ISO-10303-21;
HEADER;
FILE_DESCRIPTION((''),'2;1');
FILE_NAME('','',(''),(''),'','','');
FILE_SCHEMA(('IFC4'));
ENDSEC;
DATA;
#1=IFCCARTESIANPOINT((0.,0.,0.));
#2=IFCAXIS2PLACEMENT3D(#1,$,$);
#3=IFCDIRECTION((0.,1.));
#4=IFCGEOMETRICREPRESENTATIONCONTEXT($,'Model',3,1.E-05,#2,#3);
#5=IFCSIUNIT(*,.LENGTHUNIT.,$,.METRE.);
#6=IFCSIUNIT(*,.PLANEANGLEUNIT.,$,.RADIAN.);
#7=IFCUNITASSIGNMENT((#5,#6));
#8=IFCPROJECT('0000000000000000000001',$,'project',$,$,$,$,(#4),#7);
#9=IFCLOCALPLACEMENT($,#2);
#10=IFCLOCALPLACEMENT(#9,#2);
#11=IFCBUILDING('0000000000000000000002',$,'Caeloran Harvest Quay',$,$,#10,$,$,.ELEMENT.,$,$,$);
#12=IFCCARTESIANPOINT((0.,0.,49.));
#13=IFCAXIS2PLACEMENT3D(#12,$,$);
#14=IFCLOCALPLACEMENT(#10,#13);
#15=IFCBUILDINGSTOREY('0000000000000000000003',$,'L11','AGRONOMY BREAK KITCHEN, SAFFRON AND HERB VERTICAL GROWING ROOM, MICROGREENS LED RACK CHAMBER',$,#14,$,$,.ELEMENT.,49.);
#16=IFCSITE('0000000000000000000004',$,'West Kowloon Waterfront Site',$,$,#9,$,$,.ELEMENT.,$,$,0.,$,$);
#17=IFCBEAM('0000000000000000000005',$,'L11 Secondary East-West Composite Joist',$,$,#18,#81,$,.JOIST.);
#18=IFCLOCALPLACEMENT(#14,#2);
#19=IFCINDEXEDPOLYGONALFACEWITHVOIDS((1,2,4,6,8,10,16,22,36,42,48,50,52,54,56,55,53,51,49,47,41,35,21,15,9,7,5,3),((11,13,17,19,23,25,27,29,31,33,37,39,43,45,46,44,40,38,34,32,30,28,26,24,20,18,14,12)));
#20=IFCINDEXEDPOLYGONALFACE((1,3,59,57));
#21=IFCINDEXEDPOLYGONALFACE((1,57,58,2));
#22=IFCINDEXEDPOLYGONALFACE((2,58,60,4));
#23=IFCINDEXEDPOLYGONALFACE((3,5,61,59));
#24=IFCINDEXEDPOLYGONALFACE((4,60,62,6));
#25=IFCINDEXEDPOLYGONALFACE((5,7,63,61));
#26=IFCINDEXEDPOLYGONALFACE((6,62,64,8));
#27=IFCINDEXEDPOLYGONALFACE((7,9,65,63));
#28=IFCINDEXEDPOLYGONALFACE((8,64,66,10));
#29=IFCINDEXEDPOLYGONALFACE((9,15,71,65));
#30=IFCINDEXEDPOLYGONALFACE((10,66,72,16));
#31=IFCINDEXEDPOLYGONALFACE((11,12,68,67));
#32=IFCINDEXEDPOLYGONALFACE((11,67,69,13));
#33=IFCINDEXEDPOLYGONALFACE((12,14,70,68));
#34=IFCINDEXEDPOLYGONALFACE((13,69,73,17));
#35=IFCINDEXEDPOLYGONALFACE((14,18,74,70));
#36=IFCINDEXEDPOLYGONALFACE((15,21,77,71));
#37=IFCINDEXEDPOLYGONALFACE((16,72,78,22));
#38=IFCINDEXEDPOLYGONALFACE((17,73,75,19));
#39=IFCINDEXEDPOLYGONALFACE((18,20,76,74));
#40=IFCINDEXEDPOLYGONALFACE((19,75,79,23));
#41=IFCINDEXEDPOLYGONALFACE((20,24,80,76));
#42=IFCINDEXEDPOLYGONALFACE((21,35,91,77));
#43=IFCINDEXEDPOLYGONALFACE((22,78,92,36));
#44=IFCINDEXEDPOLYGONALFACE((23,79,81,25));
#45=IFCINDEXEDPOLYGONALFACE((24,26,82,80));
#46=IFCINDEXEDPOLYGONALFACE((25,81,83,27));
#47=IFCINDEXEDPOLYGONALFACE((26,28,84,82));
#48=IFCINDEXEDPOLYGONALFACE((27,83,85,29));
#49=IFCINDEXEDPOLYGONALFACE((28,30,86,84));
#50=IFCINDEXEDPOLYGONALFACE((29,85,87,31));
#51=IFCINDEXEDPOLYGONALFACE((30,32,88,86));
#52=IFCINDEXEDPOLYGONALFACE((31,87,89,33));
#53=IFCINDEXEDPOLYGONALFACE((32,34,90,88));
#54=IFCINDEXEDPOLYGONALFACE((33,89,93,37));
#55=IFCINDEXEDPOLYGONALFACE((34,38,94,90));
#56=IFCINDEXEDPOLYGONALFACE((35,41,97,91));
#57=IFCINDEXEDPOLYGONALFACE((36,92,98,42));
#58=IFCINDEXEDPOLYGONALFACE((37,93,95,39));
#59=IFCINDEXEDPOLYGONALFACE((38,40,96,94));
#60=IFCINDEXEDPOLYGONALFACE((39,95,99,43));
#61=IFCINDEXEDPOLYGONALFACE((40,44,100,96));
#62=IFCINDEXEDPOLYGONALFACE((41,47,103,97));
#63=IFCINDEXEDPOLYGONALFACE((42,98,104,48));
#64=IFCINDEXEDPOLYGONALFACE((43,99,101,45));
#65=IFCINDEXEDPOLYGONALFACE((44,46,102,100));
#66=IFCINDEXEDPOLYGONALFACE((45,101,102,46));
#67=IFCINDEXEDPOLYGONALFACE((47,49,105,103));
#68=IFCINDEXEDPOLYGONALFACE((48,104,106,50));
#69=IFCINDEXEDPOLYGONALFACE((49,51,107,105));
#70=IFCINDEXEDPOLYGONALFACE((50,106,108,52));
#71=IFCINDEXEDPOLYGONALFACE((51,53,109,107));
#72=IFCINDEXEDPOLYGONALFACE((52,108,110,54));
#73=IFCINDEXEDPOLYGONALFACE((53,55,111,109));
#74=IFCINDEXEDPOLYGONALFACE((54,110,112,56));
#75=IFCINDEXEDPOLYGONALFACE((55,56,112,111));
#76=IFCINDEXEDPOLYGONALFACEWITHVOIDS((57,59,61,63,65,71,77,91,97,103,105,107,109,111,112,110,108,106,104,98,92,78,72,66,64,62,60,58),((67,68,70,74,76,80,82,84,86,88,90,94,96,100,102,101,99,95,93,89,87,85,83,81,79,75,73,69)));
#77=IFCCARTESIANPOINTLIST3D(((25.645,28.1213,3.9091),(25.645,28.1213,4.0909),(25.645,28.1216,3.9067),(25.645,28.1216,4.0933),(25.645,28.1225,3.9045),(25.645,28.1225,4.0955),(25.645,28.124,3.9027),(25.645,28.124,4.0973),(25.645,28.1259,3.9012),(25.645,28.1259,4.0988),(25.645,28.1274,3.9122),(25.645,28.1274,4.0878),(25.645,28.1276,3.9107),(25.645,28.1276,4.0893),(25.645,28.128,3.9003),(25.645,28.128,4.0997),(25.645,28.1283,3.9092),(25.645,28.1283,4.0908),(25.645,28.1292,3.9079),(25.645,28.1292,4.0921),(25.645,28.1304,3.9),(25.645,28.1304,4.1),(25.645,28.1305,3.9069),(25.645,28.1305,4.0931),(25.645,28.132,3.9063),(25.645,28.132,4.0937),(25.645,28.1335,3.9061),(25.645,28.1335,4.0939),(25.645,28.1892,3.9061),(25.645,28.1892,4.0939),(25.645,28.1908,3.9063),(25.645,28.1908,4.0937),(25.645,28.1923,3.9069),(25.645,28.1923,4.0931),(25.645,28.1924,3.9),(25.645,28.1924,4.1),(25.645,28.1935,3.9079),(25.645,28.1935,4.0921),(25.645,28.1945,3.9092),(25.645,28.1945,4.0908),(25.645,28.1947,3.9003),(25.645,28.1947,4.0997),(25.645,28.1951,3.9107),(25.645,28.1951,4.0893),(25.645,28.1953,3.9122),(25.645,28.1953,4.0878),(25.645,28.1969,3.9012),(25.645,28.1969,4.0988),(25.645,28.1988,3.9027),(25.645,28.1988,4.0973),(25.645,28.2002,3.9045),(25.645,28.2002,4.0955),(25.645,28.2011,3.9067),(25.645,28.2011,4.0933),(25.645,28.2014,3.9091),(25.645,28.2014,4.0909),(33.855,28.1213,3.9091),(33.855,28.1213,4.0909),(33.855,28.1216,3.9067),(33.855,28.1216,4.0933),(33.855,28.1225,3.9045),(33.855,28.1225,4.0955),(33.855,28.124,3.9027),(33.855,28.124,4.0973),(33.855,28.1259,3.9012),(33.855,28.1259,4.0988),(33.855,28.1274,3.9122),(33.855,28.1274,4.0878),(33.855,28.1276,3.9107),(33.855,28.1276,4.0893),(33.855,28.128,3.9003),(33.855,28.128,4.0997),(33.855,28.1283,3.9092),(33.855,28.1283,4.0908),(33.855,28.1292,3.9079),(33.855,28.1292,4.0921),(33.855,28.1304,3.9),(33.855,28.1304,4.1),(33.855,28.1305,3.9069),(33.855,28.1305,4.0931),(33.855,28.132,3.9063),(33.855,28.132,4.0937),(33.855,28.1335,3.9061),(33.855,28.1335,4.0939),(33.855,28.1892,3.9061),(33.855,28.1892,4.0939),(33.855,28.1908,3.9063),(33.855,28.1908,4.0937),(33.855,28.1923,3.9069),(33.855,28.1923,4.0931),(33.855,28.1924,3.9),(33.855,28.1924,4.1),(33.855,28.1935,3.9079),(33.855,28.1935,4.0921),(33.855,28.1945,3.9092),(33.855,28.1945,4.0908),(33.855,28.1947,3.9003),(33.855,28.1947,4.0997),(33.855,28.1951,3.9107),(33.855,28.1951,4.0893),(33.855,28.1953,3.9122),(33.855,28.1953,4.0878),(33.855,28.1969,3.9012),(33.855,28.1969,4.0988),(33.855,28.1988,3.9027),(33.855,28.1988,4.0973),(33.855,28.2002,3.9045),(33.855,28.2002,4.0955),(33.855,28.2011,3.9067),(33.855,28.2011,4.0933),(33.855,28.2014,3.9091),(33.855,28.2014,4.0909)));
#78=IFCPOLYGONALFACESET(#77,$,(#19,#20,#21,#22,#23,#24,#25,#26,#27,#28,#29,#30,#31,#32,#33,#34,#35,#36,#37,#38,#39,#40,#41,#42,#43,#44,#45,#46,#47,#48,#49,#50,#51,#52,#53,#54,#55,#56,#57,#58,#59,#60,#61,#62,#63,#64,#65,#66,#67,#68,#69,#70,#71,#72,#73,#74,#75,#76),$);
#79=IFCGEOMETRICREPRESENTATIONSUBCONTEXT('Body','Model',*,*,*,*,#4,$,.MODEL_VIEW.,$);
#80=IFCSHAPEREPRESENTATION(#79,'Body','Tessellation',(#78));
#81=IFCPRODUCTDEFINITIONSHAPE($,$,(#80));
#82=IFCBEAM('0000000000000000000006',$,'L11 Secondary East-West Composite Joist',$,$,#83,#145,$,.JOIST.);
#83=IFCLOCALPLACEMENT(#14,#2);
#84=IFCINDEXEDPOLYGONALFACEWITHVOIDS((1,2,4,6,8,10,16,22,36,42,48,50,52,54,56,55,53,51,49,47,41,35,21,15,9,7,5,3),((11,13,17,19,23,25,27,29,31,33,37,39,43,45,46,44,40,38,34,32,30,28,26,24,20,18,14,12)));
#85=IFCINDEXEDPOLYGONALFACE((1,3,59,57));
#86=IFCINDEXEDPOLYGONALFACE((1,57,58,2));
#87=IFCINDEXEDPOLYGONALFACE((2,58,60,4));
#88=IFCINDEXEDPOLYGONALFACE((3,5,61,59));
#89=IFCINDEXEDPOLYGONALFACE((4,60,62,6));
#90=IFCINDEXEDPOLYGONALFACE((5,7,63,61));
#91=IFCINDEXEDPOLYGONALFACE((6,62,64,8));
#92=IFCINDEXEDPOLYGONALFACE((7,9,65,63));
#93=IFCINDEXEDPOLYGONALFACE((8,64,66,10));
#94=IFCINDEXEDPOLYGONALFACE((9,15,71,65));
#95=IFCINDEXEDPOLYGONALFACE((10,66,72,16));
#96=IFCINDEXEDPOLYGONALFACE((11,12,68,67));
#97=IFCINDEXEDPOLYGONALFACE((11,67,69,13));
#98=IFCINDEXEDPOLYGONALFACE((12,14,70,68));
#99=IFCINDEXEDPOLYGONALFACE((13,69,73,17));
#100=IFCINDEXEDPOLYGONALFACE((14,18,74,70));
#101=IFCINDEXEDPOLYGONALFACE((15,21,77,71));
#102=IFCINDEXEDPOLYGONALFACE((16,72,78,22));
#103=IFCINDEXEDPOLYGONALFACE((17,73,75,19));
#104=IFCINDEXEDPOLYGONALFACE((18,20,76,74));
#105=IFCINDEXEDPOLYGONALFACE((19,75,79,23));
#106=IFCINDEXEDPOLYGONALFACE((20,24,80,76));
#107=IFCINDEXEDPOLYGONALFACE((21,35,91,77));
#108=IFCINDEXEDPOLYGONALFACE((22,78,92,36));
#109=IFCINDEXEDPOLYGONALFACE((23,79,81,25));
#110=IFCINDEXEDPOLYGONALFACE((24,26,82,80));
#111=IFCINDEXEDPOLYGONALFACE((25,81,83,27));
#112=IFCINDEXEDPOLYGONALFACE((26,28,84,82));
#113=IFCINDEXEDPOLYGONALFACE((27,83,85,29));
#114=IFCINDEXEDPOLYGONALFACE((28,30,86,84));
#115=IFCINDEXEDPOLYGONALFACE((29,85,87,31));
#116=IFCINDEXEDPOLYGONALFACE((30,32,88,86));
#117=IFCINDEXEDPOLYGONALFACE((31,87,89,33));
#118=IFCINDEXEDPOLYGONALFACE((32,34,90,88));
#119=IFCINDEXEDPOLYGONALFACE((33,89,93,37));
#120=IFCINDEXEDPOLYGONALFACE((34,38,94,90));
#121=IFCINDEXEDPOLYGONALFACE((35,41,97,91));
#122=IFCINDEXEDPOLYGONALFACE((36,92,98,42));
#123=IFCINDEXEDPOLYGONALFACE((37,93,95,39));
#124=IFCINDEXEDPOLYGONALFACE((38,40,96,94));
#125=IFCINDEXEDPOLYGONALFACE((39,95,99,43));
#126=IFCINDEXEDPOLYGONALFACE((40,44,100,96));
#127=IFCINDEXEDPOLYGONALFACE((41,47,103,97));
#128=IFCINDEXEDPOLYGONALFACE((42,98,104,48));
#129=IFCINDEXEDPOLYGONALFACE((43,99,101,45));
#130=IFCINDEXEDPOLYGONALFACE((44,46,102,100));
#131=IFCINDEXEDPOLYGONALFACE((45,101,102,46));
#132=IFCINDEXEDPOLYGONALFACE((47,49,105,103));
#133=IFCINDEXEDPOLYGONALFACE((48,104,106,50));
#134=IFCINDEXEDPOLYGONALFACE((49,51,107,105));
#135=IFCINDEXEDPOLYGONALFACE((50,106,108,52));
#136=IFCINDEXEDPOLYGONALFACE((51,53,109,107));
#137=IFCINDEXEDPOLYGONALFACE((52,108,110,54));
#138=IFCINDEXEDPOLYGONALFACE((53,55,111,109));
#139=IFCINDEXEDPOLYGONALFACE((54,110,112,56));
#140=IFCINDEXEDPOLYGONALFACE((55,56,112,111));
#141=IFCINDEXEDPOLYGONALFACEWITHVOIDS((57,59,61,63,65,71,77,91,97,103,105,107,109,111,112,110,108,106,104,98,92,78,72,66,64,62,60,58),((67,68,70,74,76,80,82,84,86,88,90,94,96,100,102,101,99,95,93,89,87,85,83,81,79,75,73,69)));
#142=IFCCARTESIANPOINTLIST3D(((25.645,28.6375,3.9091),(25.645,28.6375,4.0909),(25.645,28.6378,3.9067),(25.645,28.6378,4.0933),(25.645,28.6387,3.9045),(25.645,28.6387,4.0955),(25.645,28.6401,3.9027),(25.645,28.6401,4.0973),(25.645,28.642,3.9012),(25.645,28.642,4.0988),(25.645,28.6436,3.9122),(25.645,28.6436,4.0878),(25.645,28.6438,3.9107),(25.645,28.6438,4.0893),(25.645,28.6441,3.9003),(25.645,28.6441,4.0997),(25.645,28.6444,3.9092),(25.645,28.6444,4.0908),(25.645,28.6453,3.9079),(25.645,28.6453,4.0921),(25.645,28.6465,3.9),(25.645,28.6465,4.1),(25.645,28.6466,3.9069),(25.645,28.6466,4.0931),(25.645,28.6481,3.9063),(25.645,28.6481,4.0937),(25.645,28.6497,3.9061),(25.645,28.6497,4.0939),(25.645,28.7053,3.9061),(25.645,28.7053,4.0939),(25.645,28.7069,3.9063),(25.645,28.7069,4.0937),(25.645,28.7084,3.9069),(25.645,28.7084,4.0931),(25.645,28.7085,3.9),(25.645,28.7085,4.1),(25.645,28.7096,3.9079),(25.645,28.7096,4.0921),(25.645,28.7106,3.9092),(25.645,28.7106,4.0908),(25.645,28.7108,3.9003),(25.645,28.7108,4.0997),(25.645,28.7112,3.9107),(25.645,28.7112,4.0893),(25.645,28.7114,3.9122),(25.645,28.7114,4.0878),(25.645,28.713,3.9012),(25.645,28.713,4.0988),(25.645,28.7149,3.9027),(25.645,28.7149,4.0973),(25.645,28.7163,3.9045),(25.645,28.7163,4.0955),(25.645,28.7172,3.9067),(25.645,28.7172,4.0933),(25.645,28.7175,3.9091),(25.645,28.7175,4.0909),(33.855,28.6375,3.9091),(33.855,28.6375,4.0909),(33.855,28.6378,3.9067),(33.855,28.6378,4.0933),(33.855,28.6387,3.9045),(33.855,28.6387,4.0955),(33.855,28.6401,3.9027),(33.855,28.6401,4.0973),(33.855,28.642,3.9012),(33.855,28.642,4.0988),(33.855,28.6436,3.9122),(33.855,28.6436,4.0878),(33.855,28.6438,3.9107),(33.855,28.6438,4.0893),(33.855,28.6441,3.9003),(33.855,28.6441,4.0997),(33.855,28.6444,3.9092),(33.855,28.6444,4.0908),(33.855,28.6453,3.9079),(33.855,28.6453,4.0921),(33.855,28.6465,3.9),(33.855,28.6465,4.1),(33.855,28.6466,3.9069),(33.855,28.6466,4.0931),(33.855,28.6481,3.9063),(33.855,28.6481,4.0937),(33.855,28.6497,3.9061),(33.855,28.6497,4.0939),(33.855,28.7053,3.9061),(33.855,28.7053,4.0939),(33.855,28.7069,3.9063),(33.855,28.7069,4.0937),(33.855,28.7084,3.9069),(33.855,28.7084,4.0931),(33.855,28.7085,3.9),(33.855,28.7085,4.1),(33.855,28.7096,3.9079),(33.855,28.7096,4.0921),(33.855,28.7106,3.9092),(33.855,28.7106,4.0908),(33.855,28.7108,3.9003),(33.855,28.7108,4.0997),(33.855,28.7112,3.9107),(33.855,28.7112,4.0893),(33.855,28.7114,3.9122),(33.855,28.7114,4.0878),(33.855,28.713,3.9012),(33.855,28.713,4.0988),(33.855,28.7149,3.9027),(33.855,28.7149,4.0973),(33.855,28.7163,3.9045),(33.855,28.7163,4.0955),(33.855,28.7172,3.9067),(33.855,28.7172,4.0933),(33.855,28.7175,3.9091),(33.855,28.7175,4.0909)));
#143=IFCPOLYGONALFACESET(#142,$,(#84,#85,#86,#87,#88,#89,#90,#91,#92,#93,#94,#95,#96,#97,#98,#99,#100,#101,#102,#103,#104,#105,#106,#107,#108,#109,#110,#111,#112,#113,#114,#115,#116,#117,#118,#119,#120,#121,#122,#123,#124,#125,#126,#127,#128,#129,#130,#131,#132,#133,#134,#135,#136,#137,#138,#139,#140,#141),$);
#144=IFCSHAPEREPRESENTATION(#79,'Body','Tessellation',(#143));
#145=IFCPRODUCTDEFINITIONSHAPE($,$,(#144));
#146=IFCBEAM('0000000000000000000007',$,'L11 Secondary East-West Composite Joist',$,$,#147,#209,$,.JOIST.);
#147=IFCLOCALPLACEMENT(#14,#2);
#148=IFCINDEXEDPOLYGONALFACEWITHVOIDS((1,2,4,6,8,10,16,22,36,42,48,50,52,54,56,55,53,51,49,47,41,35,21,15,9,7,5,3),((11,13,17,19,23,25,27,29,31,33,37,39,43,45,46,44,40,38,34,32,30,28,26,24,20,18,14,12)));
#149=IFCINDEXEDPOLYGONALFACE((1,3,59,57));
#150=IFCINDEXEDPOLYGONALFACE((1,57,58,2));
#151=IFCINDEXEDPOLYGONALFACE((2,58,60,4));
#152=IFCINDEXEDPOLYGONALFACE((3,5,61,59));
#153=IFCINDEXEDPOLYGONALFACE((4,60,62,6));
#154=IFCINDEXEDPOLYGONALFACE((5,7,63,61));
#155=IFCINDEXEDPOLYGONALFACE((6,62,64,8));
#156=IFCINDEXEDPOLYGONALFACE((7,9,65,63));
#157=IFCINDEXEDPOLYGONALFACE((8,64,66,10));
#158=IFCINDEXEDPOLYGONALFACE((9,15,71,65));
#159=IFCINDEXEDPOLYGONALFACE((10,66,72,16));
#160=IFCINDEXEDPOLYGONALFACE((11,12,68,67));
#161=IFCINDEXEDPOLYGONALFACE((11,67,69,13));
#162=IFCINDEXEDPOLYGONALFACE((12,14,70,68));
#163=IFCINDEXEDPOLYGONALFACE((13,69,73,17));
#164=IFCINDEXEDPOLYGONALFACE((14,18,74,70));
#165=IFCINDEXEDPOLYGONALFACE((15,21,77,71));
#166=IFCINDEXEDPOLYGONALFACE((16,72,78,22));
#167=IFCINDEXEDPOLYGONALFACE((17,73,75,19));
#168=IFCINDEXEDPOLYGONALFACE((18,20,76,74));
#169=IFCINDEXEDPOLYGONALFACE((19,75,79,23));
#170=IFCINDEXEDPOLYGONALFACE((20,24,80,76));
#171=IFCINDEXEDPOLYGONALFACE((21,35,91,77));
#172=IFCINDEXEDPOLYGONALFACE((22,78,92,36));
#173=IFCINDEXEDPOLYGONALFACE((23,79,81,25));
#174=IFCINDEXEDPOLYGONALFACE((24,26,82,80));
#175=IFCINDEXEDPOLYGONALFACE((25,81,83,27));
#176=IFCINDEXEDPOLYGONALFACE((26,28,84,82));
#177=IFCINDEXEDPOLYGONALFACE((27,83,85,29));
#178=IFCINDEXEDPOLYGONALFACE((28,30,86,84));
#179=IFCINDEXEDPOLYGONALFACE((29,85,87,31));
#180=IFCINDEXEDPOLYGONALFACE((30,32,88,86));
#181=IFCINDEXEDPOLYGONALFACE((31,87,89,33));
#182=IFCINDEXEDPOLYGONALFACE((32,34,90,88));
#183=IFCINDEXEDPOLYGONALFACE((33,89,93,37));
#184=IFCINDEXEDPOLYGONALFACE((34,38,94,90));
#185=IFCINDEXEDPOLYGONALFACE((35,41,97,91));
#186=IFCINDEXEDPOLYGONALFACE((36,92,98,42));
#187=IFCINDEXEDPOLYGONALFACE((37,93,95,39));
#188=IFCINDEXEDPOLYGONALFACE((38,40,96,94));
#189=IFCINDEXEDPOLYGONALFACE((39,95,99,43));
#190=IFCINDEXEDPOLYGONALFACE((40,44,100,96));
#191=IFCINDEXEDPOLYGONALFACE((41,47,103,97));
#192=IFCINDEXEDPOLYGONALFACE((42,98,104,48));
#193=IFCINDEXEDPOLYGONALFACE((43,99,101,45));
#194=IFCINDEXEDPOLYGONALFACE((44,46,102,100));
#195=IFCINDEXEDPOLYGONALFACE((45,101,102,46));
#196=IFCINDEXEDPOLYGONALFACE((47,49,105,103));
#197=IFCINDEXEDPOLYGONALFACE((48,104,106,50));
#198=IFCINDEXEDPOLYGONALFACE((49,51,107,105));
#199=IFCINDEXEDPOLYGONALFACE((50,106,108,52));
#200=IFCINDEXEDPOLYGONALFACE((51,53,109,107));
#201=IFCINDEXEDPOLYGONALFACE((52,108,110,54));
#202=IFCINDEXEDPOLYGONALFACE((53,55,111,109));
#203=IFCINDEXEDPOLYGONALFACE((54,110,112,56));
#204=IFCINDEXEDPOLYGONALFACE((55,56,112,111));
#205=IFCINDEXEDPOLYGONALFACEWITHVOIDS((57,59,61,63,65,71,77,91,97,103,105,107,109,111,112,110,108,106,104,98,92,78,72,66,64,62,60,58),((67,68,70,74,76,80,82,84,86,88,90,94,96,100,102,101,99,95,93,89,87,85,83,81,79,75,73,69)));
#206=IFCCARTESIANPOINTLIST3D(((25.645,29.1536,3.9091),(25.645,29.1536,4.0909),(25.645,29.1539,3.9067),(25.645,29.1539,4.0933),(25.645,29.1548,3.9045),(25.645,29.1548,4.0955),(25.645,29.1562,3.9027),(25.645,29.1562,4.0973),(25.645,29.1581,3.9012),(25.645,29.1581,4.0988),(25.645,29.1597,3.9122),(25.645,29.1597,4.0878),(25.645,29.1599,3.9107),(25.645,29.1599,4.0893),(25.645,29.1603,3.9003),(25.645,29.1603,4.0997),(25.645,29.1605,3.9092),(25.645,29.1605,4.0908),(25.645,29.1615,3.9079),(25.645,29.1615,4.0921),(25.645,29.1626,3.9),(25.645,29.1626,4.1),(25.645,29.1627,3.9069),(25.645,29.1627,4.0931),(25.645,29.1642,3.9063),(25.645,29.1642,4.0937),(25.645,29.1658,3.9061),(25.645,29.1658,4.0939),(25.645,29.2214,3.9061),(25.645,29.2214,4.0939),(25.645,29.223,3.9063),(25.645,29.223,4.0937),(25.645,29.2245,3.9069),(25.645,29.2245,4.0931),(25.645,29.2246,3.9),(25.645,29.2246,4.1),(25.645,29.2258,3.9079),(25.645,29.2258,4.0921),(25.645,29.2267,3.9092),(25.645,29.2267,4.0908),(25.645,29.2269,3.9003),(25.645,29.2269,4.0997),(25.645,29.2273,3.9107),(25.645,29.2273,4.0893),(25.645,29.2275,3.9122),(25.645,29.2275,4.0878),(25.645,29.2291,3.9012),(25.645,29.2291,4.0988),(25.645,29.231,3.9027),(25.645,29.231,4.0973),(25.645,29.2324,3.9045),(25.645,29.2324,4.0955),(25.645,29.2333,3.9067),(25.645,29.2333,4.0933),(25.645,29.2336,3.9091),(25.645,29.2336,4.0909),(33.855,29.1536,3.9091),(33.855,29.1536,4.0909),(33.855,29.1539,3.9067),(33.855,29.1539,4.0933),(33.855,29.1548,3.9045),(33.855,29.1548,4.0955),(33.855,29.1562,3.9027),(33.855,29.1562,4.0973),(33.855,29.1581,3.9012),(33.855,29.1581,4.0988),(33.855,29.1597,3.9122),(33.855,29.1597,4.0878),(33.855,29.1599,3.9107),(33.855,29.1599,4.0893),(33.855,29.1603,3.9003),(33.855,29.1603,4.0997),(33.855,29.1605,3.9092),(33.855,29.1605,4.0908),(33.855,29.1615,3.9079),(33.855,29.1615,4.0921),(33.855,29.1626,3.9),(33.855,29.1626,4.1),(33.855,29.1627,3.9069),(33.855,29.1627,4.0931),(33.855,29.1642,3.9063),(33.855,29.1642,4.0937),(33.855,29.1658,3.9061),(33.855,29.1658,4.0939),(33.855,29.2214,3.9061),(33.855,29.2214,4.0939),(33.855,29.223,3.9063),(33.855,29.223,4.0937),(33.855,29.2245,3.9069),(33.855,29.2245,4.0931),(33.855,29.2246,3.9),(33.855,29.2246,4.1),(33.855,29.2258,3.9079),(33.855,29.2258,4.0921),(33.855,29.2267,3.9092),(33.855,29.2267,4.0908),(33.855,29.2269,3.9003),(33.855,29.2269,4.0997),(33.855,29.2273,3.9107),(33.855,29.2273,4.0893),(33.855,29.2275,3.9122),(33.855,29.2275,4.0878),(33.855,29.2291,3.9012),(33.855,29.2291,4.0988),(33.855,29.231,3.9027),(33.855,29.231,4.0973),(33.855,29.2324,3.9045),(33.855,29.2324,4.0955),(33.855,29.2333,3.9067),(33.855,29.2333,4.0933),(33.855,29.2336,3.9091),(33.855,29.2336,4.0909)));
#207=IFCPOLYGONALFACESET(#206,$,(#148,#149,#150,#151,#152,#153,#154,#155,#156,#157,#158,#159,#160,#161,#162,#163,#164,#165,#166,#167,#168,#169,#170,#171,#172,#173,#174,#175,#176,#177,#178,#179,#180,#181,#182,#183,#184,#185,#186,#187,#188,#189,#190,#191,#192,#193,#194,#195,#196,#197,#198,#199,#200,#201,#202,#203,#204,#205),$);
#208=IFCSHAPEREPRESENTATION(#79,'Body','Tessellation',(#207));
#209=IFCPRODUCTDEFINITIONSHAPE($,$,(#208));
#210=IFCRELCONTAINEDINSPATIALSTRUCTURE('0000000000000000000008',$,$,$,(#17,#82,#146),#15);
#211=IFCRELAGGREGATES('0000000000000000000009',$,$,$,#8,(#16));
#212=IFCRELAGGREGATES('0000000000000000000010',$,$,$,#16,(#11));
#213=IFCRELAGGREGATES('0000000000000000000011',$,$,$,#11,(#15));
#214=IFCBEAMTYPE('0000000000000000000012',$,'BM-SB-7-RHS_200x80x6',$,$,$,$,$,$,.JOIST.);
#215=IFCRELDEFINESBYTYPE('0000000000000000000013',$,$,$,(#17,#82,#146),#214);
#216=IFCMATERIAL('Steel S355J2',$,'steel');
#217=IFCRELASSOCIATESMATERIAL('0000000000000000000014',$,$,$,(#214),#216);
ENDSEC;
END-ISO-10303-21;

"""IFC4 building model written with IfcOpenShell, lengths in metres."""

from ifc_helpers import new_model, si_unit, direction, frame, origin, origin_2d, place, context, subcontext, project, spatial, hollow_rectangle, extrude, material, material_profile, profile_set, type_object, element, save


model = new_model("IFC4")

# Units and contexts
model_context = context("Model", 3, precision=1e-05, world=origin(), true_north=direction((0.0, 1.0)))
body_context = subcontext(model_context, "Body", "Model", "MODEL_VIEW")
ifc_project = project(units=[si_unit("LENGTHUNIT", "METRE"), si_unit("PLANEANGLEUNIT", "RADIAN")], contexts=[model_context])

# Site, building, storey
site_placement = place(None, origin())
site = spatial("IfcSite", under=ifc_project, at=site_placement, Name="West Kowloon Waterfront Site", CompositionType="ELEMENT", RefElevation=0.0)
building_placement = place(site_placement, origin())
building = spatial("IfcBuilding", under=site, at=building_placement, Name="Caeloran Harvest Quay", CompositionType="ELEMENT")
storey_placement = place(building_placement, frame((0.0, 0.0, 49.0)))
storey = spatial("IfcBuildingStorey", under=building, at=storey_placement, Name="L11", Description="AGRONOMY BREAK KITCHEN, SAFFRON AND HERB VERTICAL GROWING ROOM, MICROGREENS LED RACK CHAMBER", CompositionType="ELEMENT", Elevation=49.0)

# Beams
ifc_material_1 = material(Name="Steel S355J2", Category="steel")
ifc_material_profile_1 = material_profile(ifc_material_1, hollow_rectangle(XDim=0.0801, YDim=0.2, WallThickness=0.0061, InnerFilletRadius=0.0061, OuterFilletRadius=0.009, at=origin_2d()), Name="RHS 200x80x6")
ifc_profile_set_1 = profile_set([ifc_material_profile_1], Name="Steel S355J2")
beam_type_1 = type_object("IfcBeamType", Name="BM-SB-7-RHS_200x80x6", PredefinedType="JOIST", material=ifc_profile_set_1)
for number, where, z_axis, x_axis, name in (
    (1, (25.645, 28.1614, 4.0), (1.0, 0.0, 0.0), (0.0, 1.0, 0.0), "L11 Secondary East-West Composite Joist"),
    (2, (25.645, 28.6775, 4.0), (1.0, 0.0, 0.0), (0.0, 1.0, 0.0), "L11 Secondary East-West Composite Joist"),
    (3, (25.645, 29.1936, 4.0), (1.0, 0.0, 0.0), (0.0, 1.0, 0.0), "L11 Secondary East-West Composite Joist"),
):
    element("IfcBeam", number, at=place(storey_placement, frame(where, z_axis=z_axis, x_axis=x_axis)), inside=storey, type_object=beam_type_1, Name=name, PredefinedType="JOIST", context=body_context, shape_type="SweptSolid", body=[
        extrude(hollow_rectangle(XDim=0.0801, YDim=0.2, WallThickness=0.0061, InnerFilletRadius=0.0061, OuterFilletRadius=0.009, at=origin_2d()), origin(), (0.0, 0.0, 1.0), 8.21),
    ])

save(model, "model.ifc")
